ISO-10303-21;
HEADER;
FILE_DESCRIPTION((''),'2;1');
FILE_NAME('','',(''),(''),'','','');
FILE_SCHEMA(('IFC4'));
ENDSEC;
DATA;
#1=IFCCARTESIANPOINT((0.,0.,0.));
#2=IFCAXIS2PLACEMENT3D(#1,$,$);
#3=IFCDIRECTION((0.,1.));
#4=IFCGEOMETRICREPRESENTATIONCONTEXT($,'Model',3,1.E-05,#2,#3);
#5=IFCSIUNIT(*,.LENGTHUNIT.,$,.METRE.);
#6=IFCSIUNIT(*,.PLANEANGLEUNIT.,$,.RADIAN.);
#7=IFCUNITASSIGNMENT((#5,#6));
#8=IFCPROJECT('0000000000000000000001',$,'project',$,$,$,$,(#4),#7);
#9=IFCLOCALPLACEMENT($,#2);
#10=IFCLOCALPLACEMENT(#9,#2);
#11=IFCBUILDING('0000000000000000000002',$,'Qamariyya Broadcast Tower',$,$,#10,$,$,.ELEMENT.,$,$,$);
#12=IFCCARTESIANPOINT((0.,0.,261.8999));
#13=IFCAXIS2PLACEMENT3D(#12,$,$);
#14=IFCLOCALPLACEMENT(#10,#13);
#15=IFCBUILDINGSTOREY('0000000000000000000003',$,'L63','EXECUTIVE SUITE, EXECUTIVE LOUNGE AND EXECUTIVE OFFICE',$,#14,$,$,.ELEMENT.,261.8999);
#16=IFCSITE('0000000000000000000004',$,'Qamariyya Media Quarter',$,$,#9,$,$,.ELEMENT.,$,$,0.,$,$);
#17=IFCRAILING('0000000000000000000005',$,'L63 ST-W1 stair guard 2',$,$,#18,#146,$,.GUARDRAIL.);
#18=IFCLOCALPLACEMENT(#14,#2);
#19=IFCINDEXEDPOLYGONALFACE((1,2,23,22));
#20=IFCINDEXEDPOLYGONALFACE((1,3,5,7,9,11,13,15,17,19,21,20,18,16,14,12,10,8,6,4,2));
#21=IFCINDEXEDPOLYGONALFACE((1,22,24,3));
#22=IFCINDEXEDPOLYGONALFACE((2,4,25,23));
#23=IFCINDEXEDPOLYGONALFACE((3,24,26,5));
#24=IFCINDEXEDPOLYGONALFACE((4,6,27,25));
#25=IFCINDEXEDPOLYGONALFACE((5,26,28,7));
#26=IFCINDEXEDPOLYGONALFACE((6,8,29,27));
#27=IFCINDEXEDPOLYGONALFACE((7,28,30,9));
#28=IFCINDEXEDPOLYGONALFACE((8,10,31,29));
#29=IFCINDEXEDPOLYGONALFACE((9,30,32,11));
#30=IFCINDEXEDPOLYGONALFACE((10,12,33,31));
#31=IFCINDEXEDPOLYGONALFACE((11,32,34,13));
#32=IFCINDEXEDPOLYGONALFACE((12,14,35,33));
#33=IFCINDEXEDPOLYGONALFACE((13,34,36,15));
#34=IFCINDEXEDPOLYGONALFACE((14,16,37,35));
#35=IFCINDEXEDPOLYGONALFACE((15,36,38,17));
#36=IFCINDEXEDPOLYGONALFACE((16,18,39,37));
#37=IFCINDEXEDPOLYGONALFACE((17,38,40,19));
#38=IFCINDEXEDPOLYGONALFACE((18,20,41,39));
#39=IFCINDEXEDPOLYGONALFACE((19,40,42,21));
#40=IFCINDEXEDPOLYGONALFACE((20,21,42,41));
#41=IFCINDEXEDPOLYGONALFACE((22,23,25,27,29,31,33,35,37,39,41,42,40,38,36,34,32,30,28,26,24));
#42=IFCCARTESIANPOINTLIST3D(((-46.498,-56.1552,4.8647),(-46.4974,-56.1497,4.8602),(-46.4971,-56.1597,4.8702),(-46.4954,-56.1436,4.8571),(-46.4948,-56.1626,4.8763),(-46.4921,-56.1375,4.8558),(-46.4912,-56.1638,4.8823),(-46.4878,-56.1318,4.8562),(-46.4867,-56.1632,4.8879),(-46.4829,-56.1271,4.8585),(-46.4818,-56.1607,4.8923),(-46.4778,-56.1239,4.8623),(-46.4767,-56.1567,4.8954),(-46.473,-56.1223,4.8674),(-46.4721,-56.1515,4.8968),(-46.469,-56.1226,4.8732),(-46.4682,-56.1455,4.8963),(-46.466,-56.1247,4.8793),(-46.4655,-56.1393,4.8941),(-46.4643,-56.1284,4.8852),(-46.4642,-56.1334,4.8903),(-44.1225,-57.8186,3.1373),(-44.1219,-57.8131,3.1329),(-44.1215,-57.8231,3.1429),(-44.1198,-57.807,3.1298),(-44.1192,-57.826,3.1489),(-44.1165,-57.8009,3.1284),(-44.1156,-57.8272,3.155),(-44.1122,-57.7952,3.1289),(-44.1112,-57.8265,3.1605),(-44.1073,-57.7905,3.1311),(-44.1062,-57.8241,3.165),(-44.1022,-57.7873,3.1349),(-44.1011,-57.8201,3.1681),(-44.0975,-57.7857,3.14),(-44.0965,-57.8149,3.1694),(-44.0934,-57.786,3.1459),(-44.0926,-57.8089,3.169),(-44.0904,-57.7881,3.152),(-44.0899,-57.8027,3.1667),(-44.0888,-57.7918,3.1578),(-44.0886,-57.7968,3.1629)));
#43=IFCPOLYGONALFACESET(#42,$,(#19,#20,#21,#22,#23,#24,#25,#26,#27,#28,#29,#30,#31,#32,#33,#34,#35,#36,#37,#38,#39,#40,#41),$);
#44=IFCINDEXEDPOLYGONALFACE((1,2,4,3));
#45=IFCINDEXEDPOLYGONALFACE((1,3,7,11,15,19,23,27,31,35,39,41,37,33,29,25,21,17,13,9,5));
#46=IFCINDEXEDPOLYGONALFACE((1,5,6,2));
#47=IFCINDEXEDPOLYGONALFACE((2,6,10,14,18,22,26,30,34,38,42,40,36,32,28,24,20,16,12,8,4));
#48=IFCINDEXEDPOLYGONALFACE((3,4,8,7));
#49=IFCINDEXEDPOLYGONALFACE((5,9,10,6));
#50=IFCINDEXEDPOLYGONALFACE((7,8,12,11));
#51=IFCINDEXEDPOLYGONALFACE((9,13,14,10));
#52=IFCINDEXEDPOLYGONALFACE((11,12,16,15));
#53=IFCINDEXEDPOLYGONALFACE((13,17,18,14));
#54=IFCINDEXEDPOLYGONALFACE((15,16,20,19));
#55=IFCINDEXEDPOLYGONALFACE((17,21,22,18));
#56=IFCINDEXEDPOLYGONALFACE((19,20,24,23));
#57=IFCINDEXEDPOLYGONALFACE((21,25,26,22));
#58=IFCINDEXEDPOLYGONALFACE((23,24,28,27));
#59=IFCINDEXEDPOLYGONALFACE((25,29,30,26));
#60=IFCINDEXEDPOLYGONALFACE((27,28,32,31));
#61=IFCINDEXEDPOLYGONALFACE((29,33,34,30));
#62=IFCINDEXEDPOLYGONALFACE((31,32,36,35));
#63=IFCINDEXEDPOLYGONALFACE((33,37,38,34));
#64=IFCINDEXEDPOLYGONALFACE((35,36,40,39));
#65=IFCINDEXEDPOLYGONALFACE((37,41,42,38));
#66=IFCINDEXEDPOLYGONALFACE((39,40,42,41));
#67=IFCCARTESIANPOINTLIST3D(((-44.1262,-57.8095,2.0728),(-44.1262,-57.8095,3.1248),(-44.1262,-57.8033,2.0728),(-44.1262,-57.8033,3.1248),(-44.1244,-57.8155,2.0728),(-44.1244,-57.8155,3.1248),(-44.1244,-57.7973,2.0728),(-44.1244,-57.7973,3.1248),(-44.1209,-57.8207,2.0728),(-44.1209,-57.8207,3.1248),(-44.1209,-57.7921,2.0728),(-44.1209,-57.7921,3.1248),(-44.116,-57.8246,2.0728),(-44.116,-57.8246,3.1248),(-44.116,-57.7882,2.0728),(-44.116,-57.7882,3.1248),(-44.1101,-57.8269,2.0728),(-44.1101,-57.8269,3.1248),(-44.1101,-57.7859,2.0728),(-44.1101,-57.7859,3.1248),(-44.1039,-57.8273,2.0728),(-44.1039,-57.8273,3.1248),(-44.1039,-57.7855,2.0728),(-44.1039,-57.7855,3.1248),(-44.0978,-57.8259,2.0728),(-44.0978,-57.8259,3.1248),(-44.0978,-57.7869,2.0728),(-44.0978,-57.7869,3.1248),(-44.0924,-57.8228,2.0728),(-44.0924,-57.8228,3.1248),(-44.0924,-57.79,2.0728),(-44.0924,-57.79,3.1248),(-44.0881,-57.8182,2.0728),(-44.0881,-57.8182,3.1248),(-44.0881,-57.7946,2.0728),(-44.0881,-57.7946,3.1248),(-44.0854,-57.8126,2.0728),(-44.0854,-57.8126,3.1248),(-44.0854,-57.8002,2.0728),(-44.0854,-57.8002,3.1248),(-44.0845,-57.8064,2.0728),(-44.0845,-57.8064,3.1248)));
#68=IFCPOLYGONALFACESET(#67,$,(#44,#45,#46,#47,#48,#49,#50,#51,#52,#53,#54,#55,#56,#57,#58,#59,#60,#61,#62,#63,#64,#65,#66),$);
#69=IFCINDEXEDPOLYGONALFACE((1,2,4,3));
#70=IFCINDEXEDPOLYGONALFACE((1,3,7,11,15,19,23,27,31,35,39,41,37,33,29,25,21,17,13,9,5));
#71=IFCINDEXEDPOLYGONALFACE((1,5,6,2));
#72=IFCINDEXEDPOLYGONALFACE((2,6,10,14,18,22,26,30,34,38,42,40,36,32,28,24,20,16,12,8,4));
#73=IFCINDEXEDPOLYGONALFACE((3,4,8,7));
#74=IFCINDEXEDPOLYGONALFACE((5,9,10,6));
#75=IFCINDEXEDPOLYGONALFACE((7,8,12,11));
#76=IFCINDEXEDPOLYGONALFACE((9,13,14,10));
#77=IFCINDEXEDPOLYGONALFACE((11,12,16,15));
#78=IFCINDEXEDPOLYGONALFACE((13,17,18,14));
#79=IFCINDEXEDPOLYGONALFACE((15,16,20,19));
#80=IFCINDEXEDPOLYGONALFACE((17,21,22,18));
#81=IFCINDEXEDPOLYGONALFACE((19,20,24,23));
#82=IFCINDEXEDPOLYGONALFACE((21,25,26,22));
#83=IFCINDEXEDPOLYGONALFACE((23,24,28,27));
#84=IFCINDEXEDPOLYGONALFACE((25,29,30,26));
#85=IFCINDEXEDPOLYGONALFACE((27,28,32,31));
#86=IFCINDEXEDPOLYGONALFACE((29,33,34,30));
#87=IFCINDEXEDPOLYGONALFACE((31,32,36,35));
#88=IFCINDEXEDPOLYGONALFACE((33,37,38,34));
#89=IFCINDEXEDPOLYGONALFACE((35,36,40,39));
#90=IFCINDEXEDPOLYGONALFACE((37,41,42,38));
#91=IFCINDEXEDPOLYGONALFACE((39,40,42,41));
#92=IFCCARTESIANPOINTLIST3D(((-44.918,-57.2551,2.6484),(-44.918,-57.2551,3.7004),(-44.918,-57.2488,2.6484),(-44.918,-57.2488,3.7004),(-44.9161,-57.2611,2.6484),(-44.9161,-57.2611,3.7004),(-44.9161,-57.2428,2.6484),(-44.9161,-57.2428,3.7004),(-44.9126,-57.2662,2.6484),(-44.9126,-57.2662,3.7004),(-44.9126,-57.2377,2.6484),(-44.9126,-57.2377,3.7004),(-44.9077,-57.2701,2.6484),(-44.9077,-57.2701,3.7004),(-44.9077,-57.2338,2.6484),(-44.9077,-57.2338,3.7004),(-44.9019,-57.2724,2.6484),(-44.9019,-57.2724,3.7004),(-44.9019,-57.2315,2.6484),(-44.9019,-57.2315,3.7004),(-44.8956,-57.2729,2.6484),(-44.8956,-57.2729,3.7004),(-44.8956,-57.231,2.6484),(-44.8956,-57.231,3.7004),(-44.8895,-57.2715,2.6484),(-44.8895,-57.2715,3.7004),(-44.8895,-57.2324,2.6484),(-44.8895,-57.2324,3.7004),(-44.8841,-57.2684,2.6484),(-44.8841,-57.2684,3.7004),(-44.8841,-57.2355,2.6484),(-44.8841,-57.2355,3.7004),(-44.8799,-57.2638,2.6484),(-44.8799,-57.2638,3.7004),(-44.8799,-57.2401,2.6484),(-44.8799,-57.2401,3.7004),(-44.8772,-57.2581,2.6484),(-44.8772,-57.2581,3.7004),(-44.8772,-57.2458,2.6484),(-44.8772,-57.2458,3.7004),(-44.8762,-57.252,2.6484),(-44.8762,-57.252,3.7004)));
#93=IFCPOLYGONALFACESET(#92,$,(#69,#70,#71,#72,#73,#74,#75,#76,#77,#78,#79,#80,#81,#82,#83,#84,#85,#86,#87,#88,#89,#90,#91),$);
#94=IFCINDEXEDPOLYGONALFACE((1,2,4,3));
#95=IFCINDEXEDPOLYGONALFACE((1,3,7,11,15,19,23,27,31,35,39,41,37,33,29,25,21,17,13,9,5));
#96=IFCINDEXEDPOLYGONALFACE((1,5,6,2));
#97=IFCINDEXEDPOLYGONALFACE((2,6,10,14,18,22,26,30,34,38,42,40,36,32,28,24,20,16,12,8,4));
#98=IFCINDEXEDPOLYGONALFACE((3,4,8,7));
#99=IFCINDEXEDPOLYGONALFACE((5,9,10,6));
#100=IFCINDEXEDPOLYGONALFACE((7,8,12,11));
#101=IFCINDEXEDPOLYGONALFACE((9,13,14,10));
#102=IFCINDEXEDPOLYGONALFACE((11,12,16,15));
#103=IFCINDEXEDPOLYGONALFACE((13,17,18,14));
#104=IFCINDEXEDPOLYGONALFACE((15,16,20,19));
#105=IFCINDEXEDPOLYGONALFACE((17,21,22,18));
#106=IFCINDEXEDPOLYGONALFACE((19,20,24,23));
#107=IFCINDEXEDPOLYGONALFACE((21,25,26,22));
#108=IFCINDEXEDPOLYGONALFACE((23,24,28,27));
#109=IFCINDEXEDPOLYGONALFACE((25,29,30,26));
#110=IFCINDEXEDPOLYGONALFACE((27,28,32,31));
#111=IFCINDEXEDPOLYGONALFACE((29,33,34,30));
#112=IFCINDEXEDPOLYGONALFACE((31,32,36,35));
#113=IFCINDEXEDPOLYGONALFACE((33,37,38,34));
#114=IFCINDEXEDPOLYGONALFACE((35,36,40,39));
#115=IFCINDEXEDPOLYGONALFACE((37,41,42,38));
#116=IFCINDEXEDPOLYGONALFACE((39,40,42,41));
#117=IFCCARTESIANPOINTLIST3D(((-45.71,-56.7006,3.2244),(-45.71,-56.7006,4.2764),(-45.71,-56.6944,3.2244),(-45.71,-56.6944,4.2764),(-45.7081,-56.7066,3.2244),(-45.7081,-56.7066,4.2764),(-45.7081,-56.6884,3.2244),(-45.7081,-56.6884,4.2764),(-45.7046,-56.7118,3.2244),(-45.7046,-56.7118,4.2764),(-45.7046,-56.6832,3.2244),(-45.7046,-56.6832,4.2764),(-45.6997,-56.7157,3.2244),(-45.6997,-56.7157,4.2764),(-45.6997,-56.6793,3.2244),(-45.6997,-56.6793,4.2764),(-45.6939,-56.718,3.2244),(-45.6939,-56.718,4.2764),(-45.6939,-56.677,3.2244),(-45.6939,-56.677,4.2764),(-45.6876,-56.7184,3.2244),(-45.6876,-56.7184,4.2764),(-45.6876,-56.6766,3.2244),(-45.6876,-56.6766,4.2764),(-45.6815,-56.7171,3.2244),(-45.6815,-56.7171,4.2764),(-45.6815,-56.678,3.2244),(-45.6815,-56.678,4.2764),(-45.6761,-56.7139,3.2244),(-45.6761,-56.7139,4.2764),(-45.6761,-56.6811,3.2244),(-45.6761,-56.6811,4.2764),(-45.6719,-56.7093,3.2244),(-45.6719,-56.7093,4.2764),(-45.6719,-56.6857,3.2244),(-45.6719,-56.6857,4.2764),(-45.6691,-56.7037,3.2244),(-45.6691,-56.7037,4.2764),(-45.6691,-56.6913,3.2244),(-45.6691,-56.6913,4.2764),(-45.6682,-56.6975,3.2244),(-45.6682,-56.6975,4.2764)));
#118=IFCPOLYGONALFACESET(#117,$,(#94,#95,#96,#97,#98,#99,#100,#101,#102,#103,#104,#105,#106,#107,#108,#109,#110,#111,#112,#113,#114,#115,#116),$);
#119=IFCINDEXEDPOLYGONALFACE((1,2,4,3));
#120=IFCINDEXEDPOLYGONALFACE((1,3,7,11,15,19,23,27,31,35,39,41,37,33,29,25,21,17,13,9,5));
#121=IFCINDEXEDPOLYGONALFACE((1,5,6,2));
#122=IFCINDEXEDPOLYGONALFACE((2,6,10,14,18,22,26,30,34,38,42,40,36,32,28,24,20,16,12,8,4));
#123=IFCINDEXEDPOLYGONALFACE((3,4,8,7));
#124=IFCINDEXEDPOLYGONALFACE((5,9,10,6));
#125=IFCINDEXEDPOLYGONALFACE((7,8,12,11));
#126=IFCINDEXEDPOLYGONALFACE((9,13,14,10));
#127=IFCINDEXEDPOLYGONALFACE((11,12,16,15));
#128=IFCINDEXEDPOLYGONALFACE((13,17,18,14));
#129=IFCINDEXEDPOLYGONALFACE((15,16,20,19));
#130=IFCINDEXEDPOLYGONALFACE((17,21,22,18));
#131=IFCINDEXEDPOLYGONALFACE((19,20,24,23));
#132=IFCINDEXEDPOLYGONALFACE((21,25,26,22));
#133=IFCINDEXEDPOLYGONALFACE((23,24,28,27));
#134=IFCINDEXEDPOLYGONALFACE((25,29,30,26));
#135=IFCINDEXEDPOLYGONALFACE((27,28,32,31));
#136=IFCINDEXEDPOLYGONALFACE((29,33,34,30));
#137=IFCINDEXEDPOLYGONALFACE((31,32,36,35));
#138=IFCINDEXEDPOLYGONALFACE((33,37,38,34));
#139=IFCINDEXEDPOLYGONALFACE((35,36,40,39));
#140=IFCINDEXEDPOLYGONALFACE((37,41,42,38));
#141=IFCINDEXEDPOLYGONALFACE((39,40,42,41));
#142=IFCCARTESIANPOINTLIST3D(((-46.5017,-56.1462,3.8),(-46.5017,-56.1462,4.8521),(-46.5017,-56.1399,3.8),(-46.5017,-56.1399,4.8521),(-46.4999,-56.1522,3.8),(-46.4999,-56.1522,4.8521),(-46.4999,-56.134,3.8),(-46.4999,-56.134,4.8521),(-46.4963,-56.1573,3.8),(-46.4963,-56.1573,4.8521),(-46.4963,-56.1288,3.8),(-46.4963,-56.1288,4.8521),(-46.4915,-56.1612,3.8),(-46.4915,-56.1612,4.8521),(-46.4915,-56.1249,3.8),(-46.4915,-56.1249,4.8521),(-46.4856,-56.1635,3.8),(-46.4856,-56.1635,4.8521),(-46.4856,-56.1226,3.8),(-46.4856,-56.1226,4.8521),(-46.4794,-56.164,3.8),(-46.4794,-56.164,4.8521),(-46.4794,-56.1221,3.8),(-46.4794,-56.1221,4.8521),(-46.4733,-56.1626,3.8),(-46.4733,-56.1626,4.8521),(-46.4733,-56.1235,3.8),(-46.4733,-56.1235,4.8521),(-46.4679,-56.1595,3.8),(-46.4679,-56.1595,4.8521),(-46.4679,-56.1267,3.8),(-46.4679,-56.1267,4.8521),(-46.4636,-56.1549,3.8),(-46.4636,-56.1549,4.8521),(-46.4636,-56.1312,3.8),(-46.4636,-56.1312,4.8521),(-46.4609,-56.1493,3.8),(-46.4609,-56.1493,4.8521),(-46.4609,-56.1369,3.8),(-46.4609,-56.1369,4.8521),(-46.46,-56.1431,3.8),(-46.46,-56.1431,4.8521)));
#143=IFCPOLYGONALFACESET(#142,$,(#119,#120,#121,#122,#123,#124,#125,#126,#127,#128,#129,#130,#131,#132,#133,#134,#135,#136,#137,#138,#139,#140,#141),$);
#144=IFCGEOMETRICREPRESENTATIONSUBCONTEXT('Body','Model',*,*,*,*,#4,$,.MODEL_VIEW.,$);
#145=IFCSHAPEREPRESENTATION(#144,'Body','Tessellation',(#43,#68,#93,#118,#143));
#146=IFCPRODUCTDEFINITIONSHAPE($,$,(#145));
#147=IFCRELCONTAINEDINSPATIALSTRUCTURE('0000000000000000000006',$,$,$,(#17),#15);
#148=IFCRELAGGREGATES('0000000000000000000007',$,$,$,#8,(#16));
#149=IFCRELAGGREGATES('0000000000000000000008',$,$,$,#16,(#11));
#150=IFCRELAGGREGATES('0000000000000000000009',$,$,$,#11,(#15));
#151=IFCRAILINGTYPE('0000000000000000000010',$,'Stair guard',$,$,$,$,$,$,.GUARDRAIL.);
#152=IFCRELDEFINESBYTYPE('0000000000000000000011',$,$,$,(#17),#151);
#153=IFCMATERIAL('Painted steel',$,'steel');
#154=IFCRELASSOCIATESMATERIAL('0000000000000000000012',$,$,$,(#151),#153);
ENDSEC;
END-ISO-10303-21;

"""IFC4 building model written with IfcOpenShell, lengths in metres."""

from ifc_helpers import new_model, si_unit, direction, frame, origin, origin_2d, place, context, subcontext, project, spatial, circle, extrude, material, type_object, element, save


model = new_model("IFC4")

# Units and contexts
model_context = context("Model", 3, precision=1e-05, world=origin(), true_north=direction((0.0, 1.0)))
body_context = subcontext(model_context, "Body", "Model", "MODEL_VIEW")
ifc_project = project(units=[si_unit("LENGTHUNIT", "METRE"), si_unit("PLANEANGLEUNIT", "RADIAN")], contexts=[model_context])

# Site, building, storey
site_placement = place(None, origin())
site = spatial("IfcSite", under=ifc_project, at=site_placement, Name="Qamariyya Media Quarter", CompositionType="ELEMENT", RefElevation=0.0)
building_placement = place(site_placement, origin())
building = spatial("IfcBuilding", under=site, at=building_placement, Name="Qamariyya Broadcast Tower", CompositionType="ELEMENT")
storey_placement = place(building_placement, frame((0.0, 0.0, 261.8999)))
storey = spatial("IfcBuildingStorey", under=building, at=storey_placement, Name="L63", Description="EXECUTIVE SUITE, EXECUTIVE LOUNGE AND EXECUTIVE OFFICE", CompositionType="ELEMENT", Elevation=261.8999)

# Railing
ifc_material_1 = material(Name="Painted steel", Category="steel")
railing_type_1 = type_object("IfcRailingType", Name="Stair guard", PredefinedType="GUARDRAIL", material=ifc_material_1)
railing_1_placement = place(storey_placement, frame((-44.1055, -57.8064, 2.0728)))
element("IfcRailing", 1, at=railing_1_placement, inside=storey, type_object=railing_type_1, Name="L63 ST-W1 stair guard 2", PredefinedType="GUARDRAIL", context=body_context, shape_type="SweptSolid", body=[
    extrude(circle(Radius=0.0239, at=origin_2d()), frame((0.0, 0.0, 1.0762), z_axis=(-0.70377, 0.492784, 0.511734), x_axis=(-0.573575, -0.819153, 0.0)), (0.0, 0.0, 1.0), 3.3755),
    extrude(circle(Radius=0.021, at=origin_2d()), origin(), (0.0, 0.0, 1.0), 1.052),
    extrude(circle(Radius=0.021, at=origin_2d()), frame((-0.7917, 0.5544, 0.5757)), (0.0, 0.0, 1.0), 1.052),
    extrude(circle(Radius=0.021, at=origin_2d()), frame((-1.5837, 1.1089, 1.1516)), (0.0, 0.0, 1.0), 1.052),
    extrude(circle(Radius=0.021, at=origin_2d()), frame((-2.3755, 1.6633, 1.7273)), (0.0, 0.0, 1.0), 1.052),
])

save(model, "model.ifc")
